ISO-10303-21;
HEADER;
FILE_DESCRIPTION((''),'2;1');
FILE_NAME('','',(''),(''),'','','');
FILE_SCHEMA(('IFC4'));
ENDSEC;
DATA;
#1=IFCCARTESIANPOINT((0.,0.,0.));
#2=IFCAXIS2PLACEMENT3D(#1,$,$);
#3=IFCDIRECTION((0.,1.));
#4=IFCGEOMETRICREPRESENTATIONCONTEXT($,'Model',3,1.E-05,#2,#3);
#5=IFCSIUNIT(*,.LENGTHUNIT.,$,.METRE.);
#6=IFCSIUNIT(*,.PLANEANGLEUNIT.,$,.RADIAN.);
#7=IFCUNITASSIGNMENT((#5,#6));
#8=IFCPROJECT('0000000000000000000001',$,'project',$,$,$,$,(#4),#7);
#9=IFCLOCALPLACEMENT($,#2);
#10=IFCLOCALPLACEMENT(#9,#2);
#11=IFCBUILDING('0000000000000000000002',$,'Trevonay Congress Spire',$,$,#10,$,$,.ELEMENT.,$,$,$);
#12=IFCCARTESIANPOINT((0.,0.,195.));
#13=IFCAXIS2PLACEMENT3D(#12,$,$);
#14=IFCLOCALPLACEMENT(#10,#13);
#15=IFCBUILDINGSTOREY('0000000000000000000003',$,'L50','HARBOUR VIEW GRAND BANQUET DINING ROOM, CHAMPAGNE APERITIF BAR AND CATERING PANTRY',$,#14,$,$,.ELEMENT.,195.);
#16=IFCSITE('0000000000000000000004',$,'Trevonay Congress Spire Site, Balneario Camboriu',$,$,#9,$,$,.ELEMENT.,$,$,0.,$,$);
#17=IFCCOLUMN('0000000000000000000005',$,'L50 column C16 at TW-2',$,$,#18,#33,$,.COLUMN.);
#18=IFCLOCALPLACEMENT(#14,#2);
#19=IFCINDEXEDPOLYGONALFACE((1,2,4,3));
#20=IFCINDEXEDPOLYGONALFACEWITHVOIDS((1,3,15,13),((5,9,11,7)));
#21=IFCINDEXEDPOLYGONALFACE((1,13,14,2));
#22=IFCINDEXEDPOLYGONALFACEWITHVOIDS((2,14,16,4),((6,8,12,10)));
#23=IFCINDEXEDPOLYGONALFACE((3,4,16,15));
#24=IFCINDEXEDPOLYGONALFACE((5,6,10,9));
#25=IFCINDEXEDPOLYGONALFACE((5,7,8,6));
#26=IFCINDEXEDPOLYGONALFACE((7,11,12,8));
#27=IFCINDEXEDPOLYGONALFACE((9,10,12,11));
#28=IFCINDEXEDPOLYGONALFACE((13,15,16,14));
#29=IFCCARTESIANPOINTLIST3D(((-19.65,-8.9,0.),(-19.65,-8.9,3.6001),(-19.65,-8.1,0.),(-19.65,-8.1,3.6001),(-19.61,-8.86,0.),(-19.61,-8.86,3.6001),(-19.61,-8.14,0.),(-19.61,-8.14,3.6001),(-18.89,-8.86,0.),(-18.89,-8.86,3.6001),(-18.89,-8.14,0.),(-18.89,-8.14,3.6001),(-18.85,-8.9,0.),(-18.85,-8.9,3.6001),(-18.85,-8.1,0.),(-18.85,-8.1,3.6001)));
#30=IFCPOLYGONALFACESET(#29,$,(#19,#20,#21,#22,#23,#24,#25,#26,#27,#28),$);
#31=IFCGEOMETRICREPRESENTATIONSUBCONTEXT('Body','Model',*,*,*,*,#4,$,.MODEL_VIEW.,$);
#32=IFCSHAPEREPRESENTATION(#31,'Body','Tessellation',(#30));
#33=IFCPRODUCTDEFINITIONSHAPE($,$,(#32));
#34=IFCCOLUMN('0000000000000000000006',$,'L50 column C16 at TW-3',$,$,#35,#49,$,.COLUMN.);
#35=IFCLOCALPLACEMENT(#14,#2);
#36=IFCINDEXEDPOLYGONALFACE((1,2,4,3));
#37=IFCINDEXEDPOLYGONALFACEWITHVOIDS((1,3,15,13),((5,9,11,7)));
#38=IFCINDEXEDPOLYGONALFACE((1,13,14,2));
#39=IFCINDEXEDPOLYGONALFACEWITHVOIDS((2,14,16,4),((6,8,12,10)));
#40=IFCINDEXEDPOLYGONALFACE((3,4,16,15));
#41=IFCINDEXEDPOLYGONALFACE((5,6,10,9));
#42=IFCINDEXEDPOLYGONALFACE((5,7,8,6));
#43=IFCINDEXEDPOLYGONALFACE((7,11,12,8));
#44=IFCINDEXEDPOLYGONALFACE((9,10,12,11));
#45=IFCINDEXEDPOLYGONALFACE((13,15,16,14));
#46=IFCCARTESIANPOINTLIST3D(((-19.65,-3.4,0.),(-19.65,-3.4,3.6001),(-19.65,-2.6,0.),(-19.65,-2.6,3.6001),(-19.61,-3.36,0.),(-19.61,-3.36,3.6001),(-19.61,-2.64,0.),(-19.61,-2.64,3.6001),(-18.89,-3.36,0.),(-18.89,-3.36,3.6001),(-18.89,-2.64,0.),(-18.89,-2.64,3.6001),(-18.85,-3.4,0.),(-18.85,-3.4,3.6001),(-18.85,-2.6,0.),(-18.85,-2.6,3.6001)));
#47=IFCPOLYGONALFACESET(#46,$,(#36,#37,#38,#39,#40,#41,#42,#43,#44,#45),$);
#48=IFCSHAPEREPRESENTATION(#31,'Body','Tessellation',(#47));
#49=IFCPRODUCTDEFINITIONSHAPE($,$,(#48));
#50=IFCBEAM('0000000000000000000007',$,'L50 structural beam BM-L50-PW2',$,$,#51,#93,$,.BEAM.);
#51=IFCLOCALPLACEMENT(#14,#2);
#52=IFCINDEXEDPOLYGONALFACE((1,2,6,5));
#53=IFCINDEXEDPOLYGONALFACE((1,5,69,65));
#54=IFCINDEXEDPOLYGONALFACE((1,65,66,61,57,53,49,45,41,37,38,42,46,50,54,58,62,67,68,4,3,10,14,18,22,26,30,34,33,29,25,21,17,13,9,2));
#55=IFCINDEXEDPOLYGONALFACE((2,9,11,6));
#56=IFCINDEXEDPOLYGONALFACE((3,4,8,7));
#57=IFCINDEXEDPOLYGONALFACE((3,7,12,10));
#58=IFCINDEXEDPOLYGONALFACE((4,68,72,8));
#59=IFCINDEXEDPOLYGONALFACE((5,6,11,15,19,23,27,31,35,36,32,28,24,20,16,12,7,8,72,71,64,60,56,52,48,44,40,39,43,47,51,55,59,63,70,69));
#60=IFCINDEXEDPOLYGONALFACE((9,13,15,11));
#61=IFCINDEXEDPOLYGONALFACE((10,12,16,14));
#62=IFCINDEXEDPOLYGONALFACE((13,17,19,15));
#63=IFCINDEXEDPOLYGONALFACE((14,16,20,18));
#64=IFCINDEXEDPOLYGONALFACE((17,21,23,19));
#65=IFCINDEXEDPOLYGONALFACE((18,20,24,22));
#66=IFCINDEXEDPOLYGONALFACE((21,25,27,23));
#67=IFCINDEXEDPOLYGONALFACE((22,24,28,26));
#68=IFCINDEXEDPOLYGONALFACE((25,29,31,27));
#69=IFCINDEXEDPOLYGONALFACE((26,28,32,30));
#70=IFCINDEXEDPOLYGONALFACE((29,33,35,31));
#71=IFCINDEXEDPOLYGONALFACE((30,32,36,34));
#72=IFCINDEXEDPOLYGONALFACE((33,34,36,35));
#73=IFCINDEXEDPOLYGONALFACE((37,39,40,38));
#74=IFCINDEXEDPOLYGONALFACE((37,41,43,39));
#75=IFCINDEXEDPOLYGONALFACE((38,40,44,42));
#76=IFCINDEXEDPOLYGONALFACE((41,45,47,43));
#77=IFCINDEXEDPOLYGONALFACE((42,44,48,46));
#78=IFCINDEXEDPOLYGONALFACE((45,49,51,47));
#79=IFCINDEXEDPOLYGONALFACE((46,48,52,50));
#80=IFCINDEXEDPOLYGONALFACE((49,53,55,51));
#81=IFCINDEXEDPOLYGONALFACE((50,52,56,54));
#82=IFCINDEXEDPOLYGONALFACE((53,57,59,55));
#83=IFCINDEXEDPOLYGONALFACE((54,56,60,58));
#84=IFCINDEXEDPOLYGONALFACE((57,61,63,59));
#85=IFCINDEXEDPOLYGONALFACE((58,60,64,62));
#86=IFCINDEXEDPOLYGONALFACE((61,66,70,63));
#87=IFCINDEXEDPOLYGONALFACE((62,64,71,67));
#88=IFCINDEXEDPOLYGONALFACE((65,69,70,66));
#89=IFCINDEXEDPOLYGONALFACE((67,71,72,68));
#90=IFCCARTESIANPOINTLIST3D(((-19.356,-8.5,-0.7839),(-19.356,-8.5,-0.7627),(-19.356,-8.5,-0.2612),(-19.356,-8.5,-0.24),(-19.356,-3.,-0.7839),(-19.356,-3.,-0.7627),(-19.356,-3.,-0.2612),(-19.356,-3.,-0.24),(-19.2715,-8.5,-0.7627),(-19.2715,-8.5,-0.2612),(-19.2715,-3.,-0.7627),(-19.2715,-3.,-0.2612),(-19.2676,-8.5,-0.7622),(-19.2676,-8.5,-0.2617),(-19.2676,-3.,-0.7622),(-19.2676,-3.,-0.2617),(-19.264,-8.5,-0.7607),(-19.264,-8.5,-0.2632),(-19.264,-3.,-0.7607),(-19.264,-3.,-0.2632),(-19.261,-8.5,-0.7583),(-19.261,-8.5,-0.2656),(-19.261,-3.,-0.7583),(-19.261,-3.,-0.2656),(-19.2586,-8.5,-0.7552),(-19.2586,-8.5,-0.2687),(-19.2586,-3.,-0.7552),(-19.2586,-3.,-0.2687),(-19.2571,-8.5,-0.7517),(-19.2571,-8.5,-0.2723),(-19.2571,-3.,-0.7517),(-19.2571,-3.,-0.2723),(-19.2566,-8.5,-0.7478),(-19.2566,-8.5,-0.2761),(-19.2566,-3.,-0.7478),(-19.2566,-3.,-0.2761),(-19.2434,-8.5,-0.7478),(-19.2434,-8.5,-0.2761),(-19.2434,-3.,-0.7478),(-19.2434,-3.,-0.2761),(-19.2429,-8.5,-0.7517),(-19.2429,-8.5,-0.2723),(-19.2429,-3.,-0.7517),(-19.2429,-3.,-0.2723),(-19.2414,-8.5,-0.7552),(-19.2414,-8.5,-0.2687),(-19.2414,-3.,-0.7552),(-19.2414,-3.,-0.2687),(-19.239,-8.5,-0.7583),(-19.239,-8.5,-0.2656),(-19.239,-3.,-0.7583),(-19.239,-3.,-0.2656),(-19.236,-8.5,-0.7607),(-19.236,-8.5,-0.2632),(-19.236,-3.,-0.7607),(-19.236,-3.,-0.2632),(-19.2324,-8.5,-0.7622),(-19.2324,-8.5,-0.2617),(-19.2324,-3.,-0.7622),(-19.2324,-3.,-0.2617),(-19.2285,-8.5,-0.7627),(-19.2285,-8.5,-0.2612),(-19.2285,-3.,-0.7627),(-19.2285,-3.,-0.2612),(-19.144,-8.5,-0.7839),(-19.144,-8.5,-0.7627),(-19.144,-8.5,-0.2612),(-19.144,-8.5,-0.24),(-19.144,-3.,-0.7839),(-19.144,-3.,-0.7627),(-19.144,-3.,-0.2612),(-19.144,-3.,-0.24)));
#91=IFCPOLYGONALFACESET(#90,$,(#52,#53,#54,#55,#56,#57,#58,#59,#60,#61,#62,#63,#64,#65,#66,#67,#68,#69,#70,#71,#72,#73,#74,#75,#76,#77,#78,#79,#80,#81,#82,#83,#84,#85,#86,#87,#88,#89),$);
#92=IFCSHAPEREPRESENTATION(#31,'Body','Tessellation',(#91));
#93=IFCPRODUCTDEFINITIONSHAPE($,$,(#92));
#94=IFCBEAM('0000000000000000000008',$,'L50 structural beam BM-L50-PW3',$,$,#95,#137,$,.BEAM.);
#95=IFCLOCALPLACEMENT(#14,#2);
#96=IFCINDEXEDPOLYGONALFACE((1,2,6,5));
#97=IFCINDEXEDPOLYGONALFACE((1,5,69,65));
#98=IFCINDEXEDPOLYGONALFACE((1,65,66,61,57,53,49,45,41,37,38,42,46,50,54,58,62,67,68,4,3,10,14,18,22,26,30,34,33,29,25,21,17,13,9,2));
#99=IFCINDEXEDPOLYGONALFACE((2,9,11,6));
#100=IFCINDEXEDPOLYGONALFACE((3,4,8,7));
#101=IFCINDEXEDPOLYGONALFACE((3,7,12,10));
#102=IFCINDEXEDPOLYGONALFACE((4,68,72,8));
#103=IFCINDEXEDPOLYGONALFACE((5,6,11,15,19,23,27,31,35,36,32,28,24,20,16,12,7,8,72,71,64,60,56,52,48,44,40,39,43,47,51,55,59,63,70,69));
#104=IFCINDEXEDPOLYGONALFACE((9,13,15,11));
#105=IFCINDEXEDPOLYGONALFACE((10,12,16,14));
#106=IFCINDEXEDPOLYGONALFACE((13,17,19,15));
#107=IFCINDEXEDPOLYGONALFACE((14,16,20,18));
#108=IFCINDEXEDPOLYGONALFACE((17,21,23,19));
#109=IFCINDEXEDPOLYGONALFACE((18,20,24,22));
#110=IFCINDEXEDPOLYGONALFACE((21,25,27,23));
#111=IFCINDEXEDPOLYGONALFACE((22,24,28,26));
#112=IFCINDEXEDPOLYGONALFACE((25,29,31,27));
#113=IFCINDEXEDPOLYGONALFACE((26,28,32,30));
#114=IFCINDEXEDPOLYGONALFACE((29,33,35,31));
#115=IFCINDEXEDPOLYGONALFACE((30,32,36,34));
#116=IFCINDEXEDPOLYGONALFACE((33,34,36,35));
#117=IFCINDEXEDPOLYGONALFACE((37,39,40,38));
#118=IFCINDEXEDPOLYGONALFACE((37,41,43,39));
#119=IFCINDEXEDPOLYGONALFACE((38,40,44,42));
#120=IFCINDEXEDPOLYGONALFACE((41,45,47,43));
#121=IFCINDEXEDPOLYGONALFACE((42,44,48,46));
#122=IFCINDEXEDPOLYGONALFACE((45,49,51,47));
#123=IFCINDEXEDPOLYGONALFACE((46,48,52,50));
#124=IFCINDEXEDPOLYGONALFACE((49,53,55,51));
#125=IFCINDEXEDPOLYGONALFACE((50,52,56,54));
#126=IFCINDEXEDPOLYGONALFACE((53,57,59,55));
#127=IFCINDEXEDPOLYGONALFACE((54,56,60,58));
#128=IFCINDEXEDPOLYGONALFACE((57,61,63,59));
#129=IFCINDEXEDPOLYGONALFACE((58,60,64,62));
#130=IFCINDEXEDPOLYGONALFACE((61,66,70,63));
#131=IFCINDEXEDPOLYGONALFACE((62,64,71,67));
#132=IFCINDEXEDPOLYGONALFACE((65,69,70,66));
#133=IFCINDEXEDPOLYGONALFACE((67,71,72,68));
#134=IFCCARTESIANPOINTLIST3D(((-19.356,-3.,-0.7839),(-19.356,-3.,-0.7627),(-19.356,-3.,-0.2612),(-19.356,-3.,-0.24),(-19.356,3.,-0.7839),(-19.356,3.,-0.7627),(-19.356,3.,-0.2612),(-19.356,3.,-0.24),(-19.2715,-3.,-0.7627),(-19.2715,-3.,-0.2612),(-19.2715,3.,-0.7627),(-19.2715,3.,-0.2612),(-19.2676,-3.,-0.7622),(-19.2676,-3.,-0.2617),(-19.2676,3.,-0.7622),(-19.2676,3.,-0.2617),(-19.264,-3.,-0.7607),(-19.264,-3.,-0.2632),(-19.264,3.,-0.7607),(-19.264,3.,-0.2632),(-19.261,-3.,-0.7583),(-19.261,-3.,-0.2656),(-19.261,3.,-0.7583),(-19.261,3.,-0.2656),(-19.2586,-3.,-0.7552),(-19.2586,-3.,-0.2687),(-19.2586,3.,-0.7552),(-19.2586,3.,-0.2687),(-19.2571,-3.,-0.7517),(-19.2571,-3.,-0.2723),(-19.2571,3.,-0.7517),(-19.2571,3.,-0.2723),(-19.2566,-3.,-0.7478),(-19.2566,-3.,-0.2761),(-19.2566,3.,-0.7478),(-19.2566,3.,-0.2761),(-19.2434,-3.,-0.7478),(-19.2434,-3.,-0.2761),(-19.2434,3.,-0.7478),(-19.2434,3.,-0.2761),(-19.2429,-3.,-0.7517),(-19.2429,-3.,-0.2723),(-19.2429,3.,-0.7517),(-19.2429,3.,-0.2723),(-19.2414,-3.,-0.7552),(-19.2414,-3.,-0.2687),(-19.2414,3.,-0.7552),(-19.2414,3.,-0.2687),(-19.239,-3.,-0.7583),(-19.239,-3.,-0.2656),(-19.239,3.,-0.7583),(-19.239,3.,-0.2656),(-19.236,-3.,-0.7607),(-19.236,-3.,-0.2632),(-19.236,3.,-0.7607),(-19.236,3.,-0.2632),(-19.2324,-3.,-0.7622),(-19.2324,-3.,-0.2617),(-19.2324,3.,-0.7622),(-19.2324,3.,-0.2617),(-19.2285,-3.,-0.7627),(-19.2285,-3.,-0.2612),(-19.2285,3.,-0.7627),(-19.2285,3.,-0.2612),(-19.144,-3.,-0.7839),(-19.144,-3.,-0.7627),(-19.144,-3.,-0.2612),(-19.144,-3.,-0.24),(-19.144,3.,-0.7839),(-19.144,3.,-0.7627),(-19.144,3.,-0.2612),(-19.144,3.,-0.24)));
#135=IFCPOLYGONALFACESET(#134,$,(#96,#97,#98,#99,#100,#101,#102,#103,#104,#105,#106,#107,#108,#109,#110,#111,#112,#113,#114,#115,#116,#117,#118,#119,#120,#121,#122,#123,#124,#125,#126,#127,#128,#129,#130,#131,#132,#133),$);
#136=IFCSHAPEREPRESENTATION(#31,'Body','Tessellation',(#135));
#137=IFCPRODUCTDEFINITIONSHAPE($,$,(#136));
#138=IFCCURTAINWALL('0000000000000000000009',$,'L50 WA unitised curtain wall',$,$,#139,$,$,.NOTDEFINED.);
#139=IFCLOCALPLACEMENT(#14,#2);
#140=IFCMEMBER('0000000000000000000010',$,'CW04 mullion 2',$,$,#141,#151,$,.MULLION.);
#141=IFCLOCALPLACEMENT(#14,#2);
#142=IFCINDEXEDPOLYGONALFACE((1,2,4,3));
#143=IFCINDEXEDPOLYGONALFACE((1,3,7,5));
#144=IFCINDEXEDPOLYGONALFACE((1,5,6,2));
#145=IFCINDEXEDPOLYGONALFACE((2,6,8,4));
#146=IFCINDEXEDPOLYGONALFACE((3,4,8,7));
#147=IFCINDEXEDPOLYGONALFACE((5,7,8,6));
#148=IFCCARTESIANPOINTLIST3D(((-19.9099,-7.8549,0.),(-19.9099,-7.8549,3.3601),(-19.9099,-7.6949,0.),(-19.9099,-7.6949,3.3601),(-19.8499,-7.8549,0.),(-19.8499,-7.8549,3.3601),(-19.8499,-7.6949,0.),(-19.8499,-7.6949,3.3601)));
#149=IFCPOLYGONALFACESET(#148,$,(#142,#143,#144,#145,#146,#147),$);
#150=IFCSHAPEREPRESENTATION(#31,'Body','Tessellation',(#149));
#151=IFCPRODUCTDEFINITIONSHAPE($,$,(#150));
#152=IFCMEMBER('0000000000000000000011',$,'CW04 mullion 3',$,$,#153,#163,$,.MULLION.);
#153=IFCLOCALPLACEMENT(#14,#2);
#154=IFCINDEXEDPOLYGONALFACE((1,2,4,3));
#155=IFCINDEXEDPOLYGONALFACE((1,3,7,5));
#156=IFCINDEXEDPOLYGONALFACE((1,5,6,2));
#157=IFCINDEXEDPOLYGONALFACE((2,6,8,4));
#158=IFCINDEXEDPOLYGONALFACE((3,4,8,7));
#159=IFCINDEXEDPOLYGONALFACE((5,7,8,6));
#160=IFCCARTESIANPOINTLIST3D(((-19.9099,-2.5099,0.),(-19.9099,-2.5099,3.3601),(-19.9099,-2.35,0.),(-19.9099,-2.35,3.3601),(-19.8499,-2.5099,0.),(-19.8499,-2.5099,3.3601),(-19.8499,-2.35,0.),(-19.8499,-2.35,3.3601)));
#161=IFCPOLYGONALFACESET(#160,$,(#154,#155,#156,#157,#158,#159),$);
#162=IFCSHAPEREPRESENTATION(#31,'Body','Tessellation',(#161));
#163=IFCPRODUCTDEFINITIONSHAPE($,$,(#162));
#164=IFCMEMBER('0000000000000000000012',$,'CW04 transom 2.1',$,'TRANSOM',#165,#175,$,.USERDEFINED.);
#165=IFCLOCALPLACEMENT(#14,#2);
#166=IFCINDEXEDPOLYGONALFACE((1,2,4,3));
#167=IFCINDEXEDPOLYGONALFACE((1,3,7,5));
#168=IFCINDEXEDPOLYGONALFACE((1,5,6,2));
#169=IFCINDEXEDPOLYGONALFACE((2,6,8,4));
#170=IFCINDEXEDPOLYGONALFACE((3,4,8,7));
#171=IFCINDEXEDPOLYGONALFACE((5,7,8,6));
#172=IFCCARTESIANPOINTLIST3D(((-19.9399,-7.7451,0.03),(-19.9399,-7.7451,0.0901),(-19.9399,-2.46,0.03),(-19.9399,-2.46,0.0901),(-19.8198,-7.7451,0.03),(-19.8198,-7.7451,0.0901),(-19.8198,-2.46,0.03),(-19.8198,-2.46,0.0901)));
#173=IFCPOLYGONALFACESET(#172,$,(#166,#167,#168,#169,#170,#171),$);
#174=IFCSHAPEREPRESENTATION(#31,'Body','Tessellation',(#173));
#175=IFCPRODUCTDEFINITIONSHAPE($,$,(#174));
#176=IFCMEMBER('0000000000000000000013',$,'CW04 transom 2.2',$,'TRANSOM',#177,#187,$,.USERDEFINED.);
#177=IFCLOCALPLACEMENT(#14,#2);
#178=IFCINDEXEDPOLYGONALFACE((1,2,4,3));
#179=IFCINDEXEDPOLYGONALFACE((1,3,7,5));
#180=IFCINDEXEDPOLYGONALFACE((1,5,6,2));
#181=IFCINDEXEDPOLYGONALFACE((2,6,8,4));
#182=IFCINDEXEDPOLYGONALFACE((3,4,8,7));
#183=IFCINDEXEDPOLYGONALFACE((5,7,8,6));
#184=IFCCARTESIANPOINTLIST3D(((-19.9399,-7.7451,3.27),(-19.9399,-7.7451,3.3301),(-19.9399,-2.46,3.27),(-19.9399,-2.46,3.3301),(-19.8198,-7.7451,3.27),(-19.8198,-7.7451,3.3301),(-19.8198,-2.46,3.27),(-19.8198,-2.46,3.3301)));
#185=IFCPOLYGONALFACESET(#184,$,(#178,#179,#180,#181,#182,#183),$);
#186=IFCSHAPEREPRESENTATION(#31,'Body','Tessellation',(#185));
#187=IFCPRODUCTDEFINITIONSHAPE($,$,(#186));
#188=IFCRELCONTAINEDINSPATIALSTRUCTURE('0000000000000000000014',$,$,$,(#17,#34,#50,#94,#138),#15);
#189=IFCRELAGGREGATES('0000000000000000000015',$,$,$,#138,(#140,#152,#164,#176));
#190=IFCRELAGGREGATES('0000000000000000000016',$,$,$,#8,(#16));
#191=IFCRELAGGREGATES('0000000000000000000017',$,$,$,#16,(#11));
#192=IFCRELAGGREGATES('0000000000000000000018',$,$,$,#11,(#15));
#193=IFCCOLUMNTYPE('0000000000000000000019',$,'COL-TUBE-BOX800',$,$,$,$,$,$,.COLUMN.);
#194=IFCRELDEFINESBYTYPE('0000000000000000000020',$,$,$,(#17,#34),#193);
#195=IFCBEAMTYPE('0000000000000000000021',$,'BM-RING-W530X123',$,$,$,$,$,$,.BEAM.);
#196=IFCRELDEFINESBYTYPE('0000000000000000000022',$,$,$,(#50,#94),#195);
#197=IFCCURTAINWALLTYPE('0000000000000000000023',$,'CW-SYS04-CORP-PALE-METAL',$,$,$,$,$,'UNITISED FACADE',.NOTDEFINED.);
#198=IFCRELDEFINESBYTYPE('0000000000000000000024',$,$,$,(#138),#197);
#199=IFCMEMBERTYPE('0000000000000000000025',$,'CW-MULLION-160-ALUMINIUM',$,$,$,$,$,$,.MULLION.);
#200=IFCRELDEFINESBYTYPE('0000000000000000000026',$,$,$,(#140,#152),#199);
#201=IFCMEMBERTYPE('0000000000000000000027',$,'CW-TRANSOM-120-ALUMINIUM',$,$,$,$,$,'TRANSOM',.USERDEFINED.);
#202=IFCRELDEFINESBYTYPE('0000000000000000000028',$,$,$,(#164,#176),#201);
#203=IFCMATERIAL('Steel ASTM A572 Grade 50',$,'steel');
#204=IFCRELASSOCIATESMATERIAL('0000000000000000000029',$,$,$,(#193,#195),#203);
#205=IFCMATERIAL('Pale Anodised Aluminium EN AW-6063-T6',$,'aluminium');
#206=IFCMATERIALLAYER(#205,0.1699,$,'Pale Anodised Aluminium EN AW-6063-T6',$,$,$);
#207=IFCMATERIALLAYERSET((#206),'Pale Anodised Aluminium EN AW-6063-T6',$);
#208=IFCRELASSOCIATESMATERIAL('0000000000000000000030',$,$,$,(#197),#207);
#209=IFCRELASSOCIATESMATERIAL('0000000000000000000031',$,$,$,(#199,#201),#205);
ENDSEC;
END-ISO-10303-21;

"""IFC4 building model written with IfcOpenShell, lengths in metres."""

from ifc_helpers import new_model, si_unit, direction, frame, origin, origin_2d, place, context, subcontext, project, spatial, rectangle, hollow_rectangle, i_section, extrude, material, layer, layer_set, material_profile, profile_set, type_object, element, aggregate, save


model = new_model("IFC4")

# Units and contexts
model_context = context("Model", 3, precision=1e-05, world=origin(), true_north=direction((0.0, 1.0)))
body_context = subcontext(model_context, "Body", "Model", "MODEL_VIEW")
ifc_project = project(units=[si_unit("LENGTHUNIT", "METRE"), si_unit("PLANEANGLEUNIT", "RADIAN")], contexts=[model_context])

# Site, building, storey
site_placement = place(None, origin())
site = spatial("IfcSite", under=ifc_project, at=site_placement, Name="Trevonay Congress Spire Site, Balneario Camboriu", CompositionType="ELEMENT", RefElevation=0.0)
building_placement = place(site_placement, origin())
building = spatial("IfcBuilding", under=site, at=building_placement, Name="Trevonay Congress Spire", CompositionType="ELEMENT")
storey_placement = place(building_placement, frame((0.0, 0.0, 195.0)))
storey = spatial("IfcBuildingStorey", under=building, at=storey_placement, Name="L50", Description="HARBOUR VIEW GRAND BANQUET DINING ROOM, CHAMPAGNE APERITIF BAR AND CATERING PANTRY", CompositionType="ELEMENT", Elevation=195.0)

# Columns
ifc_material_1 = material(Name="Steel ASTM A572 Grade 50", Category="steel")
ifc_material_profile_1 = material_profile(ifc_material_1, hollow_rectangle(XDim=0.8, YDim=0.8, WallThickness=0.04, at=origin_2d()), Name="BOX 800x800x40")
ifc_profile_set_1 = profile_set([ifc_material_profile_1], Name="Steel ASTM A572 Grade 50")
column_type = type_object("IfcColumnType", Name="COL-TUBE-BOX800", PredefinedType="COLUMN", material=ifc_profile_set_1)
for number, where, z_axis, x_axis, name in (
    (1, (-19.25, -8.5, 0.0), (0.0, 0.0, 1.0), (1.0, 0.0, 0.0), "L50 column C16 at TW-2"),
    (2, (-19.25, -3.0, 0.0), (0.0, 0.0, 1.0), (1.0, 0.0, 0.0), "L50 column C16 at TW-3"),
):
    element("IfcColumn", number, at=place(storey_placement, frame(where, z_axis=z_axis, x_axis=x_axis)), inside=storey, type_object=column_type, Name=name, PredefinedType="COLUMN", context=body_context, shape_type="SweptSolid", body=[
        extrude(hollow_rectangle(XDim=0.8, YDim=0.8, WallThickness=0.04, at=origin_2d()), origin(), (0.0, 0.0, 1.0), 3.6001),
    ])

# Beams
ifc_material_profile_2 = material_profile(ifc_material_1, i_section(OverallWidth=0.2119, OverallDepth=0.5439, WebThickness=0.0132, FlangeThickness=0.0212, FilletRadius=0.0149, at=origin_2d()), Name="W530x123")
ifc_profile_set_2 = profile_set([ifc_material_profile_2], Name="Steel ASTM A572 Grade 50")
beam_type = type_object("IfcBeamType", Name="BM-RING-W530X123", PredefinedType="BEAM", material=ifc_profile_set_2)
beam_1_placement = place(storey_placement, frame((-19.25, -8.5, -0.512), z_axis=(0.0, 1.0, 0.0), x_axis=(-1.0, 0.0, 0.0)))
element("IfcBeam", 3, at=beam_1_placement, inside=storey, type_object=beam_type, Name="L50 structural beam BM-L50-PW2", PredefinedType="BEAM", context=body_context, shape_type="SweptSolid", body=[
    extrude(i_section(OverallWidth=0.2119, OverallDepth=0.5439, WebThickness=0.0132, FlangeThickness=0.0212, FilletRadius=0.0149, at=origin_2d()), origin(), (0.0, 0.0, 1.0), 5.5),
])
beam_2_placement = place(storey_placement, frame((-19.25, -3.0, -0.512), z_axis=(0.0, 1.0, 0.0), x_axis=(-1.0, 0.0, 0.0)))
element("IfcBeam", 4, at=beam_2_placement, inside=storey, type_object=beam_type, Name="L50 structural beam BM-L50-PW3", PredefinedType="BEAM", context=body_context, shape_type="SweptSolid", body=[
    extrude(i_section(OverallWidth=0.2119, OverallDepth=0.5439, WebThickness=0.0132, FlangeThickness=0.0212, FilletRadius=0.0149, at=origin_2d()), origin(), (0.0, 0.0, 1.0), 6.0),
])

# Curtain wall, members
ifc_material_2 = material(Name="Pale Anodised Aluminium EN AW-6063-T6", Category="aluminium")
ifc_layer_1 = layer(ifc_material_2, 0.1699, Name="Pale Anodised Aluminium EN AW-6063-T6")
ifc_layer_set_1 = layer_set([ifc_layer_1], Name="Pale Anodised Aluminium EN AW-6063-T6")
curtain_wall_type = type_object("IfcCurtainWallType", Name="CW-SYS04-CORP-PALE-METAL", ElementType="UNITISED FACADE", PredefinedType="NOTDEFINED", material=ifc_layer_set_1)
curtain_wall_placement = place(storey_placement, origin())
curtain_wall = element("IfcCurtainWall", 5, at=curtain_wall_placement, inside=storey, type_object=curtain_wall_type, Name="L50 WA unitised curtain wall", PredefinedType="NOTDEFINED")
ifc_material_profile_3 = material_profile(ifc_material_2, rectangle(XDim=0.0601, YDim=0.1599, at=origin_2d()), Name="CW-MULLION-160-ALUMINIUM")
ifc_profile_set_3 = profile_set([ifc_material_profile_3], Name="Pale Anodised Aluminium EN AW-6063-T6")
member_type_1 = type_object("IfcMemberType", Name="CW-MULLION-160-ALUMINIUM", PredefinedType="MULLION", material=ifc_profile_set_3)
member_1_placement = place(storey_placement, frame((-19.8799, -7.7749, 0.0), z_axis=(0.0, 0.0, 1.0), x_axis=(-1.0, 0.0, 0.0)))
member_1 = element("IfcMember", 6, at=member_1_placement, type_object=member_type_1, Name="CW04 mullion 2", PredefinedType="MULLION", context=body_context, shape_type="SweptSolid", body=[
    extrude(rectangle(XDim=0.0601, YDim=0.1599, at=origin_2d()), origin(), (0.0, 0.0, 1.0), 3.3601),
])
member_2_placement = place(storey_placement, frame((-19.8799, -2.4299, 0.0), z_axis=(0.0, 0.0, 1.0), x_axis=(-1.0, 0.0, 0.0)))
member_2 = element("IfcMember", 7, at=member_2_placement, type_object=member_type_1, Name="CW04 mullion 3", PredefinedType="MULLION", context=body_context, shape_type="SweptSolid", body=[
    extrude(rectangle(XDim=0.0601, YDim=0.1599, at=origin_2d()), origin(), (0.0, 0.0, 1.0), 3.3601),
])
ifc_material_profile_4 = material_profile(ifc_material_2, rectangle(XDim=0.1201, YDim=0.0601, at=origin_2d()), Name="CW-TRANSOM-120-ALUMINIUM")
ifc_profile_set_4 = profile_set([ifc_material_profile_4], Name="Pale Anodised Aluminium EN AW-6063-T6")
member_type_2 = type_object("IfcMemberType", Name="CW-TRANSOM-120-ALUMINIUM", ElementType="TRANSOM", PredefinedType="USERDEFINED", material=ifc_profile_set_4)
member_3_placement = place(storey_placement, frame((-19.8799, -7.7451, 0.0601), z_axis=(0.0, 1.0, 0.0), x_axis=(-1.0, 0.0, 0.0)))
member_3 = element("IfcMember", 8, at=member_3_placement, type_object=member_type_2, Name="CW04 transom 2.1", ObjectType="TRANSOM", PredefinedType="USERDEFINED", context=body_context, shape_type="SweptSolid", body=[
    extrude(rectangle(XDim=0.1201, YDim=0.0601, at=origin_2d()), origin(), (0.0, 0.0, 1.0), 5.2852),
])
member_4_placement = place(storey_placement, frame((-19.8799, -7.7451, 3.3), z_axis=(0.0, 1.0, 0.0), x_axis=(-1.0, 0.0, 0.0)))
member_4 = element("IfcMember", 9, at=member_4_placement, type_object=member_type_2, Name="CW04 transom 2.2", ObjectType="TRANSOM", PredefinedType="USERDEFINED", context=body_context, shape_type="SweptSolid", body=[
    extrude(rectangle(XDim=0.1201, YDim=0.0601, at=origin_2d()), origin(), (0.0, 0.0, 1.0), 5.2852),
])
aggregate(curtain_wall, [member_1, member_2, member_3, member_4])

save(model, "model.ifc")
